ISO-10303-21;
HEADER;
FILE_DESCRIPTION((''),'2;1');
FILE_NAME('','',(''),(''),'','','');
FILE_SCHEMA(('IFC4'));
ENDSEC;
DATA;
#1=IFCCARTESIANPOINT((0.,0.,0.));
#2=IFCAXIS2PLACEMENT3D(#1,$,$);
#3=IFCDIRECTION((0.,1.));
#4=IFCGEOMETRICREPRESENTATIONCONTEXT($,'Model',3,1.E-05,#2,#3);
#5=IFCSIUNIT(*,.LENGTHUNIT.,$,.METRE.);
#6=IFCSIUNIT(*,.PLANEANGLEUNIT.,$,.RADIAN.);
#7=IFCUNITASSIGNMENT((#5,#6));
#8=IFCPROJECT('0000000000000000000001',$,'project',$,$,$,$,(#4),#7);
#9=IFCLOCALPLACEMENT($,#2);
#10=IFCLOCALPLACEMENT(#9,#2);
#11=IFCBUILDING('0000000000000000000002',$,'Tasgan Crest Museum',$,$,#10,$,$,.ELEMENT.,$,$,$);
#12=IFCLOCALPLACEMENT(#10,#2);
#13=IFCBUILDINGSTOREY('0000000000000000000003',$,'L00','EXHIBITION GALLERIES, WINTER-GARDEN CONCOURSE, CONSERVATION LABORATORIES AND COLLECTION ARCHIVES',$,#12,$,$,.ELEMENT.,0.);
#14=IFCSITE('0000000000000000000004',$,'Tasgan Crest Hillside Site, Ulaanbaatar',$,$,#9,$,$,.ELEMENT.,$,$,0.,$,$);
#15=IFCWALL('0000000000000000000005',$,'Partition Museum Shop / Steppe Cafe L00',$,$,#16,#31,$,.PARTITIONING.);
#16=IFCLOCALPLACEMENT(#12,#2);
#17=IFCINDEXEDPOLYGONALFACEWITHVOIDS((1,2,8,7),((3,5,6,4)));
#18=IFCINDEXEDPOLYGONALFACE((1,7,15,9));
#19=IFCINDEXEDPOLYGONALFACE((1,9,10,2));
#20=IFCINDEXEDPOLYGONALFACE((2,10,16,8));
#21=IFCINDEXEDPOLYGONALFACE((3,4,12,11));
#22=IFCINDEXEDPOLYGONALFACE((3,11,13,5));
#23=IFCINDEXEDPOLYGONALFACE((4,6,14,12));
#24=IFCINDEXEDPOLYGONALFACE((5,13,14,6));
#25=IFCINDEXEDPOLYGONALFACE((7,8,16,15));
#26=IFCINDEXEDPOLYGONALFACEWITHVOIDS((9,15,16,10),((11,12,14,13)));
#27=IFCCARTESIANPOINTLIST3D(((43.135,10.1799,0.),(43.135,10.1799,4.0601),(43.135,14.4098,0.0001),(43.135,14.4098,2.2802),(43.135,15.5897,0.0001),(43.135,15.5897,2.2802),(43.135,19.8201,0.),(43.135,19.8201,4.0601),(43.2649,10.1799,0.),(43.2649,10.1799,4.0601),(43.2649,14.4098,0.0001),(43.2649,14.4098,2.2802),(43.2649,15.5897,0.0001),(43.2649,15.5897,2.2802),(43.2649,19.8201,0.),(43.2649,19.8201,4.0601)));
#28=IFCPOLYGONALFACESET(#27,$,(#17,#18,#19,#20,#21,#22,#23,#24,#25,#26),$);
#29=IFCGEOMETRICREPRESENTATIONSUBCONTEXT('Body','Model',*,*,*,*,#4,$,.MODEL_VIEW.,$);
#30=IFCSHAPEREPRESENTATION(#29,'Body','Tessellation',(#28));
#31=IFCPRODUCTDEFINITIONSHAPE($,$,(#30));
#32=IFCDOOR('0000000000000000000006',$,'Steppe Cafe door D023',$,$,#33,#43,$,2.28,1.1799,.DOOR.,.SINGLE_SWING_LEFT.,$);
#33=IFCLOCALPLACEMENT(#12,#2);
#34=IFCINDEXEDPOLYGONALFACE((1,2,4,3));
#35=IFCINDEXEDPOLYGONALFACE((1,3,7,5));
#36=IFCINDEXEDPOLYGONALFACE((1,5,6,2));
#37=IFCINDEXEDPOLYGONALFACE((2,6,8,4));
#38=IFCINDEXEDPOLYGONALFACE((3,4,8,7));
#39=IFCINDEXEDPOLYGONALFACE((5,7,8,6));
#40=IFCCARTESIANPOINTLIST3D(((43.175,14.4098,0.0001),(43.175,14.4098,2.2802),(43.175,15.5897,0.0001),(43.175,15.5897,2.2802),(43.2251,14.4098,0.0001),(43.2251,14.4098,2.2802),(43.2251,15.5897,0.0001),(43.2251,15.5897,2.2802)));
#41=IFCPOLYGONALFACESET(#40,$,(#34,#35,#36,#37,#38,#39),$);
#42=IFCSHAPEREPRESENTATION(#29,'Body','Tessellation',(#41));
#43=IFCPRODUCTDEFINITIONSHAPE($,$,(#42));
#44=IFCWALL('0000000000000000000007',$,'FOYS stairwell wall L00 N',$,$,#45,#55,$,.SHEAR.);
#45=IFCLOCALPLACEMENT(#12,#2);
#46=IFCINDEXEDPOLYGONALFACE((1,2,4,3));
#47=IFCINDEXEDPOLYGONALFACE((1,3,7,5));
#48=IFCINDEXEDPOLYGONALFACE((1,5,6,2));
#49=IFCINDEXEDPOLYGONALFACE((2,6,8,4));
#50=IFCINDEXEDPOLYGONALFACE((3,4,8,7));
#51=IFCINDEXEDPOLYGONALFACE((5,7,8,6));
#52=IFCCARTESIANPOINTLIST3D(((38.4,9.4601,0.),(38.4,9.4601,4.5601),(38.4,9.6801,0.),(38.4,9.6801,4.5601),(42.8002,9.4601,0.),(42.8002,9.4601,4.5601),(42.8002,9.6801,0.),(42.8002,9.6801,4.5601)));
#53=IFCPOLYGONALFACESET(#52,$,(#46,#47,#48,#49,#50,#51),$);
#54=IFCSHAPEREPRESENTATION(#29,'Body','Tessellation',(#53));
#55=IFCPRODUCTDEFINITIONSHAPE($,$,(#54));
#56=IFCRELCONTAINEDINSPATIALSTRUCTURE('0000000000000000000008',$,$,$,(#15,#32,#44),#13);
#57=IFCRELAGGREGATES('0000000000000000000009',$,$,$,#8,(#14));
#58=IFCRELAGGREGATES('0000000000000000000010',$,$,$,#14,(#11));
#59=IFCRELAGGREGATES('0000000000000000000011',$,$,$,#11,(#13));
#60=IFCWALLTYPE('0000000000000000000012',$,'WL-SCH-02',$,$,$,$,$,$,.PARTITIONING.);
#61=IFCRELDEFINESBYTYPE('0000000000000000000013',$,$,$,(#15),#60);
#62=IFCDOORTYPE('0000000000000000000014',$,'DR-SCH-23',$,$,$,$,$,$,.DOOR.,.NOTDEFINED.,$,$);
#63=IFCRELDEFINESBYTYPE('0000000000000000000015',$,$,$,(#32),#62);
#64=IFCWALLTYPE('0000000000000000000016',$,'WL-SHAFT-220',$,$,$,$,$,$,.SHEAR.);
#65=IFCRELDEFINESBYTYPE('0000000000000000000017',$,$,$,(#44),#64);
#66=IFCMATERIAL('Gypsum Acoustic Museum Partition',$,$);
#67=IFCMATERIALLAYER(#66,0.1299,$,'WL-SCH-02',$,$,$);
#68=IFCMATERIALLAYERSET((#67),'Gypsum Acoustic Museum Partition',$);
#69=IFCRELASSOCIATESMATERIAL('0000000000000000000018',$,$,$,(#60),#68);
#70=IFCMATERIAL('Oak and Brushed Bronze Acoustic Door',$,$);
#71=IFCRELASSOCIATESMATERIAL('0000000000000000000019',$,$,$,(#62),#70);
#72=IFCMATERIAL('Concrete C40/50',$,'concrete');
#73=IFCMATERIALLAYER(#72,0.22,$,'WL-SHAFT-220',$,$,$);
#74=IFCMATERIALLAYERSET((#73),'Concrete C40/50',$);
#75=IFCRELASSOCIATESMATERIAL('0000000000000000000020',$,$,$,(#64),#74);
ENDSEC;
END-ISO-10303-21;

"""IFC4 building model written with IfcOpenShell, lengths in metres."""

from ifc_helpers import new_model, si_unit, direction, frame, frame_2d, origin, place, context, subcontext, project, spatial, rectangle, extrude, material, layer, layer_set, type_object, element, fill, save


model = new_model("IFC4")

# Units and contexts
model_context = context("Model", 3, precision=1e-05, world=origin(), true_north=direction((0.0, 1.0)))
body_context = subcontext(model_context, "Body", "Model", "MODEL_VIEW")
ifc_project = project(units=[si_unit("LENGTHUNIT", "METRE"), si_unit("PLANEANGLEUNIT", "RADIAN")], contexts=[model_context])

# Site, building, storey
site_placement = place(None, origin())
site = spatial("IfcSite", under=ifc_project, at=site_placement, Name="Tasgan Crest Hillside Site, Ulaanbaatar", CompositionType="ELEMENT", RefElevation=0.0)
building_placement = place(site_placement, origin())
building = spatial("IfcBuilding", under=site, at=building_placement, Name="Tasgan Crest Museum", CompositionType="ELEMENT")
storey_placement = place(building_placement, origin())
storey = spatial("IfcBuildingStorey", under=building, at=storey_placement, Name="L00", Description="EXHIBITION GALLERIES, WINTER-GARDEN CONCOURSE, CONSERVATION LABORATORIES AND COLLECTION ARCHIVES", CompositionType="ELEMENT", Elevation=0.0)

# Wall, opening, door
ifc_material_1 = material(Name="Gypsum Acoustic Museum Partition")
ifc_layer_1 = layer(ifc_material_1, 0.1299, Name="WL-SCH-02")
ifc_layer_set_1 = layer_set([ifc_layer_1], Name="Gypsum Acoustic Museum Partition")
wall_type_1 = type_object("IfcWallType", Name="WL-SCH-02", PredefinedType="PARTITIONING", material=ifc_layer_set_1)
wall_1_placement = place(storey_placement, frame((43.2, 10.1799, 0.0), z_axis=(0.0, 0.0, 1.0), x_axis=(0.0, 1.0, 0.0)))
wall_1 = element("IfcWall", 1, at=wall_1_placement, inside=storey, type_object=wall_type_1, Name="Partition Museum Shop / Steppe Cafe L00", PredefinedType="PARTITIONING", context=body_context, shape_type="SweptSolid", body=[
    extrude(rectangle(XDim=9.6401, YDim=0.1299, at=frame_2d((4.8201, 0.0))), origin(), (0.0, 0.0, 1.0), 4.0601),
])
opening_1_placement = place(wall_1_placement, frame((4.23, 0.0, 0.0)))
opening_1 = element("IfcOpeningElement", 2, at=opening_1_placement, cuts=wall_1, PredefinedType="OPENING", context=body_context, shape_type="SweptSolid", body=[
    extrude(rectangle(XDim=1.1799, YDim=2.28, at=frame_2d((0.5898, 1.1401))), frame((0.0, 0.075, 0.0), z_axis=(0.0, -1.0, 0.0), x_axis=(1.0, 0.0, 0.0)), (0.0, 0.0, 1.0), 0.1499),
])
ifc_material_2 = material(Name="Oak and Brushed Bronze Acoustic Door")
door_type_1 = type_object("IfcDoorType", Name="DR-SCH-23", OperationType="NOTDEFINED", PredefinedType="DOOR", material=ifc_material_2)
door_1_placement = place(opening_1_placement, origin())
door_1 = element("IfcDoor", 3, at=door_1_placement, inside=storey, type_object=door_type_1, Name="Steppe Cafe door D023", OperationType="SINGLE_SWING_LEFT", OverallHeight=2.28, OverallWidth=1.1799, PredefinedType="DOOR", context=body_context, shape_type="SweptSolid", body=[
    extrude(rectangle(XDim=1.1799, YDim=2.28, at=frame_2d((0.5898, 1.1401))), frame((0.0, 0.0249, 0.0), z_axis=(0.0, -1.0, 0.0), x_axis=(1.0, 0.0, 0.0)), (0.0, 0.0, 1.0), 0.05),
])
fill(opening_1, door_1)

# Wall
ifc_material_3 = material(Name="Concrete C40/50", Category="concrete")
ifc_layer_2 = layer(ifc_material_3, 0.22, Name="WL-SHAFT-220")
ifc_layer_set_2 = layer_set([ifc_layer_2], Name="Concrete C40/50")
wall_type_2 = type_object("IfcWallType", Name="WL-SHAFT-220", PredefinedType="SHEAR", material=ifc_layer_set_2)
wall_2_placement = place(storey_placement, frame((38.3999, 9.5701, 0.0), z_axis=(0.0, 0.0, 1.0), x_axis=(1.0, 0.0, 0.0)))
element("IfcWall", 4, at=wall_2_placement, inside=storey, type_object=wall_type_2, Name="FOYS stairwell wall L00 N", PredefinedType="SHEAR", context=body_context, shape_type="SweptSolid", body=[
    extrude(rectangle(XDim=4.4001, YDim=0.22, at=frame_2d((2.2002, 0.0))), origin(), (0.0, 0.0, 1.0), 4.5601),
])

save(model, "model.ifc")
